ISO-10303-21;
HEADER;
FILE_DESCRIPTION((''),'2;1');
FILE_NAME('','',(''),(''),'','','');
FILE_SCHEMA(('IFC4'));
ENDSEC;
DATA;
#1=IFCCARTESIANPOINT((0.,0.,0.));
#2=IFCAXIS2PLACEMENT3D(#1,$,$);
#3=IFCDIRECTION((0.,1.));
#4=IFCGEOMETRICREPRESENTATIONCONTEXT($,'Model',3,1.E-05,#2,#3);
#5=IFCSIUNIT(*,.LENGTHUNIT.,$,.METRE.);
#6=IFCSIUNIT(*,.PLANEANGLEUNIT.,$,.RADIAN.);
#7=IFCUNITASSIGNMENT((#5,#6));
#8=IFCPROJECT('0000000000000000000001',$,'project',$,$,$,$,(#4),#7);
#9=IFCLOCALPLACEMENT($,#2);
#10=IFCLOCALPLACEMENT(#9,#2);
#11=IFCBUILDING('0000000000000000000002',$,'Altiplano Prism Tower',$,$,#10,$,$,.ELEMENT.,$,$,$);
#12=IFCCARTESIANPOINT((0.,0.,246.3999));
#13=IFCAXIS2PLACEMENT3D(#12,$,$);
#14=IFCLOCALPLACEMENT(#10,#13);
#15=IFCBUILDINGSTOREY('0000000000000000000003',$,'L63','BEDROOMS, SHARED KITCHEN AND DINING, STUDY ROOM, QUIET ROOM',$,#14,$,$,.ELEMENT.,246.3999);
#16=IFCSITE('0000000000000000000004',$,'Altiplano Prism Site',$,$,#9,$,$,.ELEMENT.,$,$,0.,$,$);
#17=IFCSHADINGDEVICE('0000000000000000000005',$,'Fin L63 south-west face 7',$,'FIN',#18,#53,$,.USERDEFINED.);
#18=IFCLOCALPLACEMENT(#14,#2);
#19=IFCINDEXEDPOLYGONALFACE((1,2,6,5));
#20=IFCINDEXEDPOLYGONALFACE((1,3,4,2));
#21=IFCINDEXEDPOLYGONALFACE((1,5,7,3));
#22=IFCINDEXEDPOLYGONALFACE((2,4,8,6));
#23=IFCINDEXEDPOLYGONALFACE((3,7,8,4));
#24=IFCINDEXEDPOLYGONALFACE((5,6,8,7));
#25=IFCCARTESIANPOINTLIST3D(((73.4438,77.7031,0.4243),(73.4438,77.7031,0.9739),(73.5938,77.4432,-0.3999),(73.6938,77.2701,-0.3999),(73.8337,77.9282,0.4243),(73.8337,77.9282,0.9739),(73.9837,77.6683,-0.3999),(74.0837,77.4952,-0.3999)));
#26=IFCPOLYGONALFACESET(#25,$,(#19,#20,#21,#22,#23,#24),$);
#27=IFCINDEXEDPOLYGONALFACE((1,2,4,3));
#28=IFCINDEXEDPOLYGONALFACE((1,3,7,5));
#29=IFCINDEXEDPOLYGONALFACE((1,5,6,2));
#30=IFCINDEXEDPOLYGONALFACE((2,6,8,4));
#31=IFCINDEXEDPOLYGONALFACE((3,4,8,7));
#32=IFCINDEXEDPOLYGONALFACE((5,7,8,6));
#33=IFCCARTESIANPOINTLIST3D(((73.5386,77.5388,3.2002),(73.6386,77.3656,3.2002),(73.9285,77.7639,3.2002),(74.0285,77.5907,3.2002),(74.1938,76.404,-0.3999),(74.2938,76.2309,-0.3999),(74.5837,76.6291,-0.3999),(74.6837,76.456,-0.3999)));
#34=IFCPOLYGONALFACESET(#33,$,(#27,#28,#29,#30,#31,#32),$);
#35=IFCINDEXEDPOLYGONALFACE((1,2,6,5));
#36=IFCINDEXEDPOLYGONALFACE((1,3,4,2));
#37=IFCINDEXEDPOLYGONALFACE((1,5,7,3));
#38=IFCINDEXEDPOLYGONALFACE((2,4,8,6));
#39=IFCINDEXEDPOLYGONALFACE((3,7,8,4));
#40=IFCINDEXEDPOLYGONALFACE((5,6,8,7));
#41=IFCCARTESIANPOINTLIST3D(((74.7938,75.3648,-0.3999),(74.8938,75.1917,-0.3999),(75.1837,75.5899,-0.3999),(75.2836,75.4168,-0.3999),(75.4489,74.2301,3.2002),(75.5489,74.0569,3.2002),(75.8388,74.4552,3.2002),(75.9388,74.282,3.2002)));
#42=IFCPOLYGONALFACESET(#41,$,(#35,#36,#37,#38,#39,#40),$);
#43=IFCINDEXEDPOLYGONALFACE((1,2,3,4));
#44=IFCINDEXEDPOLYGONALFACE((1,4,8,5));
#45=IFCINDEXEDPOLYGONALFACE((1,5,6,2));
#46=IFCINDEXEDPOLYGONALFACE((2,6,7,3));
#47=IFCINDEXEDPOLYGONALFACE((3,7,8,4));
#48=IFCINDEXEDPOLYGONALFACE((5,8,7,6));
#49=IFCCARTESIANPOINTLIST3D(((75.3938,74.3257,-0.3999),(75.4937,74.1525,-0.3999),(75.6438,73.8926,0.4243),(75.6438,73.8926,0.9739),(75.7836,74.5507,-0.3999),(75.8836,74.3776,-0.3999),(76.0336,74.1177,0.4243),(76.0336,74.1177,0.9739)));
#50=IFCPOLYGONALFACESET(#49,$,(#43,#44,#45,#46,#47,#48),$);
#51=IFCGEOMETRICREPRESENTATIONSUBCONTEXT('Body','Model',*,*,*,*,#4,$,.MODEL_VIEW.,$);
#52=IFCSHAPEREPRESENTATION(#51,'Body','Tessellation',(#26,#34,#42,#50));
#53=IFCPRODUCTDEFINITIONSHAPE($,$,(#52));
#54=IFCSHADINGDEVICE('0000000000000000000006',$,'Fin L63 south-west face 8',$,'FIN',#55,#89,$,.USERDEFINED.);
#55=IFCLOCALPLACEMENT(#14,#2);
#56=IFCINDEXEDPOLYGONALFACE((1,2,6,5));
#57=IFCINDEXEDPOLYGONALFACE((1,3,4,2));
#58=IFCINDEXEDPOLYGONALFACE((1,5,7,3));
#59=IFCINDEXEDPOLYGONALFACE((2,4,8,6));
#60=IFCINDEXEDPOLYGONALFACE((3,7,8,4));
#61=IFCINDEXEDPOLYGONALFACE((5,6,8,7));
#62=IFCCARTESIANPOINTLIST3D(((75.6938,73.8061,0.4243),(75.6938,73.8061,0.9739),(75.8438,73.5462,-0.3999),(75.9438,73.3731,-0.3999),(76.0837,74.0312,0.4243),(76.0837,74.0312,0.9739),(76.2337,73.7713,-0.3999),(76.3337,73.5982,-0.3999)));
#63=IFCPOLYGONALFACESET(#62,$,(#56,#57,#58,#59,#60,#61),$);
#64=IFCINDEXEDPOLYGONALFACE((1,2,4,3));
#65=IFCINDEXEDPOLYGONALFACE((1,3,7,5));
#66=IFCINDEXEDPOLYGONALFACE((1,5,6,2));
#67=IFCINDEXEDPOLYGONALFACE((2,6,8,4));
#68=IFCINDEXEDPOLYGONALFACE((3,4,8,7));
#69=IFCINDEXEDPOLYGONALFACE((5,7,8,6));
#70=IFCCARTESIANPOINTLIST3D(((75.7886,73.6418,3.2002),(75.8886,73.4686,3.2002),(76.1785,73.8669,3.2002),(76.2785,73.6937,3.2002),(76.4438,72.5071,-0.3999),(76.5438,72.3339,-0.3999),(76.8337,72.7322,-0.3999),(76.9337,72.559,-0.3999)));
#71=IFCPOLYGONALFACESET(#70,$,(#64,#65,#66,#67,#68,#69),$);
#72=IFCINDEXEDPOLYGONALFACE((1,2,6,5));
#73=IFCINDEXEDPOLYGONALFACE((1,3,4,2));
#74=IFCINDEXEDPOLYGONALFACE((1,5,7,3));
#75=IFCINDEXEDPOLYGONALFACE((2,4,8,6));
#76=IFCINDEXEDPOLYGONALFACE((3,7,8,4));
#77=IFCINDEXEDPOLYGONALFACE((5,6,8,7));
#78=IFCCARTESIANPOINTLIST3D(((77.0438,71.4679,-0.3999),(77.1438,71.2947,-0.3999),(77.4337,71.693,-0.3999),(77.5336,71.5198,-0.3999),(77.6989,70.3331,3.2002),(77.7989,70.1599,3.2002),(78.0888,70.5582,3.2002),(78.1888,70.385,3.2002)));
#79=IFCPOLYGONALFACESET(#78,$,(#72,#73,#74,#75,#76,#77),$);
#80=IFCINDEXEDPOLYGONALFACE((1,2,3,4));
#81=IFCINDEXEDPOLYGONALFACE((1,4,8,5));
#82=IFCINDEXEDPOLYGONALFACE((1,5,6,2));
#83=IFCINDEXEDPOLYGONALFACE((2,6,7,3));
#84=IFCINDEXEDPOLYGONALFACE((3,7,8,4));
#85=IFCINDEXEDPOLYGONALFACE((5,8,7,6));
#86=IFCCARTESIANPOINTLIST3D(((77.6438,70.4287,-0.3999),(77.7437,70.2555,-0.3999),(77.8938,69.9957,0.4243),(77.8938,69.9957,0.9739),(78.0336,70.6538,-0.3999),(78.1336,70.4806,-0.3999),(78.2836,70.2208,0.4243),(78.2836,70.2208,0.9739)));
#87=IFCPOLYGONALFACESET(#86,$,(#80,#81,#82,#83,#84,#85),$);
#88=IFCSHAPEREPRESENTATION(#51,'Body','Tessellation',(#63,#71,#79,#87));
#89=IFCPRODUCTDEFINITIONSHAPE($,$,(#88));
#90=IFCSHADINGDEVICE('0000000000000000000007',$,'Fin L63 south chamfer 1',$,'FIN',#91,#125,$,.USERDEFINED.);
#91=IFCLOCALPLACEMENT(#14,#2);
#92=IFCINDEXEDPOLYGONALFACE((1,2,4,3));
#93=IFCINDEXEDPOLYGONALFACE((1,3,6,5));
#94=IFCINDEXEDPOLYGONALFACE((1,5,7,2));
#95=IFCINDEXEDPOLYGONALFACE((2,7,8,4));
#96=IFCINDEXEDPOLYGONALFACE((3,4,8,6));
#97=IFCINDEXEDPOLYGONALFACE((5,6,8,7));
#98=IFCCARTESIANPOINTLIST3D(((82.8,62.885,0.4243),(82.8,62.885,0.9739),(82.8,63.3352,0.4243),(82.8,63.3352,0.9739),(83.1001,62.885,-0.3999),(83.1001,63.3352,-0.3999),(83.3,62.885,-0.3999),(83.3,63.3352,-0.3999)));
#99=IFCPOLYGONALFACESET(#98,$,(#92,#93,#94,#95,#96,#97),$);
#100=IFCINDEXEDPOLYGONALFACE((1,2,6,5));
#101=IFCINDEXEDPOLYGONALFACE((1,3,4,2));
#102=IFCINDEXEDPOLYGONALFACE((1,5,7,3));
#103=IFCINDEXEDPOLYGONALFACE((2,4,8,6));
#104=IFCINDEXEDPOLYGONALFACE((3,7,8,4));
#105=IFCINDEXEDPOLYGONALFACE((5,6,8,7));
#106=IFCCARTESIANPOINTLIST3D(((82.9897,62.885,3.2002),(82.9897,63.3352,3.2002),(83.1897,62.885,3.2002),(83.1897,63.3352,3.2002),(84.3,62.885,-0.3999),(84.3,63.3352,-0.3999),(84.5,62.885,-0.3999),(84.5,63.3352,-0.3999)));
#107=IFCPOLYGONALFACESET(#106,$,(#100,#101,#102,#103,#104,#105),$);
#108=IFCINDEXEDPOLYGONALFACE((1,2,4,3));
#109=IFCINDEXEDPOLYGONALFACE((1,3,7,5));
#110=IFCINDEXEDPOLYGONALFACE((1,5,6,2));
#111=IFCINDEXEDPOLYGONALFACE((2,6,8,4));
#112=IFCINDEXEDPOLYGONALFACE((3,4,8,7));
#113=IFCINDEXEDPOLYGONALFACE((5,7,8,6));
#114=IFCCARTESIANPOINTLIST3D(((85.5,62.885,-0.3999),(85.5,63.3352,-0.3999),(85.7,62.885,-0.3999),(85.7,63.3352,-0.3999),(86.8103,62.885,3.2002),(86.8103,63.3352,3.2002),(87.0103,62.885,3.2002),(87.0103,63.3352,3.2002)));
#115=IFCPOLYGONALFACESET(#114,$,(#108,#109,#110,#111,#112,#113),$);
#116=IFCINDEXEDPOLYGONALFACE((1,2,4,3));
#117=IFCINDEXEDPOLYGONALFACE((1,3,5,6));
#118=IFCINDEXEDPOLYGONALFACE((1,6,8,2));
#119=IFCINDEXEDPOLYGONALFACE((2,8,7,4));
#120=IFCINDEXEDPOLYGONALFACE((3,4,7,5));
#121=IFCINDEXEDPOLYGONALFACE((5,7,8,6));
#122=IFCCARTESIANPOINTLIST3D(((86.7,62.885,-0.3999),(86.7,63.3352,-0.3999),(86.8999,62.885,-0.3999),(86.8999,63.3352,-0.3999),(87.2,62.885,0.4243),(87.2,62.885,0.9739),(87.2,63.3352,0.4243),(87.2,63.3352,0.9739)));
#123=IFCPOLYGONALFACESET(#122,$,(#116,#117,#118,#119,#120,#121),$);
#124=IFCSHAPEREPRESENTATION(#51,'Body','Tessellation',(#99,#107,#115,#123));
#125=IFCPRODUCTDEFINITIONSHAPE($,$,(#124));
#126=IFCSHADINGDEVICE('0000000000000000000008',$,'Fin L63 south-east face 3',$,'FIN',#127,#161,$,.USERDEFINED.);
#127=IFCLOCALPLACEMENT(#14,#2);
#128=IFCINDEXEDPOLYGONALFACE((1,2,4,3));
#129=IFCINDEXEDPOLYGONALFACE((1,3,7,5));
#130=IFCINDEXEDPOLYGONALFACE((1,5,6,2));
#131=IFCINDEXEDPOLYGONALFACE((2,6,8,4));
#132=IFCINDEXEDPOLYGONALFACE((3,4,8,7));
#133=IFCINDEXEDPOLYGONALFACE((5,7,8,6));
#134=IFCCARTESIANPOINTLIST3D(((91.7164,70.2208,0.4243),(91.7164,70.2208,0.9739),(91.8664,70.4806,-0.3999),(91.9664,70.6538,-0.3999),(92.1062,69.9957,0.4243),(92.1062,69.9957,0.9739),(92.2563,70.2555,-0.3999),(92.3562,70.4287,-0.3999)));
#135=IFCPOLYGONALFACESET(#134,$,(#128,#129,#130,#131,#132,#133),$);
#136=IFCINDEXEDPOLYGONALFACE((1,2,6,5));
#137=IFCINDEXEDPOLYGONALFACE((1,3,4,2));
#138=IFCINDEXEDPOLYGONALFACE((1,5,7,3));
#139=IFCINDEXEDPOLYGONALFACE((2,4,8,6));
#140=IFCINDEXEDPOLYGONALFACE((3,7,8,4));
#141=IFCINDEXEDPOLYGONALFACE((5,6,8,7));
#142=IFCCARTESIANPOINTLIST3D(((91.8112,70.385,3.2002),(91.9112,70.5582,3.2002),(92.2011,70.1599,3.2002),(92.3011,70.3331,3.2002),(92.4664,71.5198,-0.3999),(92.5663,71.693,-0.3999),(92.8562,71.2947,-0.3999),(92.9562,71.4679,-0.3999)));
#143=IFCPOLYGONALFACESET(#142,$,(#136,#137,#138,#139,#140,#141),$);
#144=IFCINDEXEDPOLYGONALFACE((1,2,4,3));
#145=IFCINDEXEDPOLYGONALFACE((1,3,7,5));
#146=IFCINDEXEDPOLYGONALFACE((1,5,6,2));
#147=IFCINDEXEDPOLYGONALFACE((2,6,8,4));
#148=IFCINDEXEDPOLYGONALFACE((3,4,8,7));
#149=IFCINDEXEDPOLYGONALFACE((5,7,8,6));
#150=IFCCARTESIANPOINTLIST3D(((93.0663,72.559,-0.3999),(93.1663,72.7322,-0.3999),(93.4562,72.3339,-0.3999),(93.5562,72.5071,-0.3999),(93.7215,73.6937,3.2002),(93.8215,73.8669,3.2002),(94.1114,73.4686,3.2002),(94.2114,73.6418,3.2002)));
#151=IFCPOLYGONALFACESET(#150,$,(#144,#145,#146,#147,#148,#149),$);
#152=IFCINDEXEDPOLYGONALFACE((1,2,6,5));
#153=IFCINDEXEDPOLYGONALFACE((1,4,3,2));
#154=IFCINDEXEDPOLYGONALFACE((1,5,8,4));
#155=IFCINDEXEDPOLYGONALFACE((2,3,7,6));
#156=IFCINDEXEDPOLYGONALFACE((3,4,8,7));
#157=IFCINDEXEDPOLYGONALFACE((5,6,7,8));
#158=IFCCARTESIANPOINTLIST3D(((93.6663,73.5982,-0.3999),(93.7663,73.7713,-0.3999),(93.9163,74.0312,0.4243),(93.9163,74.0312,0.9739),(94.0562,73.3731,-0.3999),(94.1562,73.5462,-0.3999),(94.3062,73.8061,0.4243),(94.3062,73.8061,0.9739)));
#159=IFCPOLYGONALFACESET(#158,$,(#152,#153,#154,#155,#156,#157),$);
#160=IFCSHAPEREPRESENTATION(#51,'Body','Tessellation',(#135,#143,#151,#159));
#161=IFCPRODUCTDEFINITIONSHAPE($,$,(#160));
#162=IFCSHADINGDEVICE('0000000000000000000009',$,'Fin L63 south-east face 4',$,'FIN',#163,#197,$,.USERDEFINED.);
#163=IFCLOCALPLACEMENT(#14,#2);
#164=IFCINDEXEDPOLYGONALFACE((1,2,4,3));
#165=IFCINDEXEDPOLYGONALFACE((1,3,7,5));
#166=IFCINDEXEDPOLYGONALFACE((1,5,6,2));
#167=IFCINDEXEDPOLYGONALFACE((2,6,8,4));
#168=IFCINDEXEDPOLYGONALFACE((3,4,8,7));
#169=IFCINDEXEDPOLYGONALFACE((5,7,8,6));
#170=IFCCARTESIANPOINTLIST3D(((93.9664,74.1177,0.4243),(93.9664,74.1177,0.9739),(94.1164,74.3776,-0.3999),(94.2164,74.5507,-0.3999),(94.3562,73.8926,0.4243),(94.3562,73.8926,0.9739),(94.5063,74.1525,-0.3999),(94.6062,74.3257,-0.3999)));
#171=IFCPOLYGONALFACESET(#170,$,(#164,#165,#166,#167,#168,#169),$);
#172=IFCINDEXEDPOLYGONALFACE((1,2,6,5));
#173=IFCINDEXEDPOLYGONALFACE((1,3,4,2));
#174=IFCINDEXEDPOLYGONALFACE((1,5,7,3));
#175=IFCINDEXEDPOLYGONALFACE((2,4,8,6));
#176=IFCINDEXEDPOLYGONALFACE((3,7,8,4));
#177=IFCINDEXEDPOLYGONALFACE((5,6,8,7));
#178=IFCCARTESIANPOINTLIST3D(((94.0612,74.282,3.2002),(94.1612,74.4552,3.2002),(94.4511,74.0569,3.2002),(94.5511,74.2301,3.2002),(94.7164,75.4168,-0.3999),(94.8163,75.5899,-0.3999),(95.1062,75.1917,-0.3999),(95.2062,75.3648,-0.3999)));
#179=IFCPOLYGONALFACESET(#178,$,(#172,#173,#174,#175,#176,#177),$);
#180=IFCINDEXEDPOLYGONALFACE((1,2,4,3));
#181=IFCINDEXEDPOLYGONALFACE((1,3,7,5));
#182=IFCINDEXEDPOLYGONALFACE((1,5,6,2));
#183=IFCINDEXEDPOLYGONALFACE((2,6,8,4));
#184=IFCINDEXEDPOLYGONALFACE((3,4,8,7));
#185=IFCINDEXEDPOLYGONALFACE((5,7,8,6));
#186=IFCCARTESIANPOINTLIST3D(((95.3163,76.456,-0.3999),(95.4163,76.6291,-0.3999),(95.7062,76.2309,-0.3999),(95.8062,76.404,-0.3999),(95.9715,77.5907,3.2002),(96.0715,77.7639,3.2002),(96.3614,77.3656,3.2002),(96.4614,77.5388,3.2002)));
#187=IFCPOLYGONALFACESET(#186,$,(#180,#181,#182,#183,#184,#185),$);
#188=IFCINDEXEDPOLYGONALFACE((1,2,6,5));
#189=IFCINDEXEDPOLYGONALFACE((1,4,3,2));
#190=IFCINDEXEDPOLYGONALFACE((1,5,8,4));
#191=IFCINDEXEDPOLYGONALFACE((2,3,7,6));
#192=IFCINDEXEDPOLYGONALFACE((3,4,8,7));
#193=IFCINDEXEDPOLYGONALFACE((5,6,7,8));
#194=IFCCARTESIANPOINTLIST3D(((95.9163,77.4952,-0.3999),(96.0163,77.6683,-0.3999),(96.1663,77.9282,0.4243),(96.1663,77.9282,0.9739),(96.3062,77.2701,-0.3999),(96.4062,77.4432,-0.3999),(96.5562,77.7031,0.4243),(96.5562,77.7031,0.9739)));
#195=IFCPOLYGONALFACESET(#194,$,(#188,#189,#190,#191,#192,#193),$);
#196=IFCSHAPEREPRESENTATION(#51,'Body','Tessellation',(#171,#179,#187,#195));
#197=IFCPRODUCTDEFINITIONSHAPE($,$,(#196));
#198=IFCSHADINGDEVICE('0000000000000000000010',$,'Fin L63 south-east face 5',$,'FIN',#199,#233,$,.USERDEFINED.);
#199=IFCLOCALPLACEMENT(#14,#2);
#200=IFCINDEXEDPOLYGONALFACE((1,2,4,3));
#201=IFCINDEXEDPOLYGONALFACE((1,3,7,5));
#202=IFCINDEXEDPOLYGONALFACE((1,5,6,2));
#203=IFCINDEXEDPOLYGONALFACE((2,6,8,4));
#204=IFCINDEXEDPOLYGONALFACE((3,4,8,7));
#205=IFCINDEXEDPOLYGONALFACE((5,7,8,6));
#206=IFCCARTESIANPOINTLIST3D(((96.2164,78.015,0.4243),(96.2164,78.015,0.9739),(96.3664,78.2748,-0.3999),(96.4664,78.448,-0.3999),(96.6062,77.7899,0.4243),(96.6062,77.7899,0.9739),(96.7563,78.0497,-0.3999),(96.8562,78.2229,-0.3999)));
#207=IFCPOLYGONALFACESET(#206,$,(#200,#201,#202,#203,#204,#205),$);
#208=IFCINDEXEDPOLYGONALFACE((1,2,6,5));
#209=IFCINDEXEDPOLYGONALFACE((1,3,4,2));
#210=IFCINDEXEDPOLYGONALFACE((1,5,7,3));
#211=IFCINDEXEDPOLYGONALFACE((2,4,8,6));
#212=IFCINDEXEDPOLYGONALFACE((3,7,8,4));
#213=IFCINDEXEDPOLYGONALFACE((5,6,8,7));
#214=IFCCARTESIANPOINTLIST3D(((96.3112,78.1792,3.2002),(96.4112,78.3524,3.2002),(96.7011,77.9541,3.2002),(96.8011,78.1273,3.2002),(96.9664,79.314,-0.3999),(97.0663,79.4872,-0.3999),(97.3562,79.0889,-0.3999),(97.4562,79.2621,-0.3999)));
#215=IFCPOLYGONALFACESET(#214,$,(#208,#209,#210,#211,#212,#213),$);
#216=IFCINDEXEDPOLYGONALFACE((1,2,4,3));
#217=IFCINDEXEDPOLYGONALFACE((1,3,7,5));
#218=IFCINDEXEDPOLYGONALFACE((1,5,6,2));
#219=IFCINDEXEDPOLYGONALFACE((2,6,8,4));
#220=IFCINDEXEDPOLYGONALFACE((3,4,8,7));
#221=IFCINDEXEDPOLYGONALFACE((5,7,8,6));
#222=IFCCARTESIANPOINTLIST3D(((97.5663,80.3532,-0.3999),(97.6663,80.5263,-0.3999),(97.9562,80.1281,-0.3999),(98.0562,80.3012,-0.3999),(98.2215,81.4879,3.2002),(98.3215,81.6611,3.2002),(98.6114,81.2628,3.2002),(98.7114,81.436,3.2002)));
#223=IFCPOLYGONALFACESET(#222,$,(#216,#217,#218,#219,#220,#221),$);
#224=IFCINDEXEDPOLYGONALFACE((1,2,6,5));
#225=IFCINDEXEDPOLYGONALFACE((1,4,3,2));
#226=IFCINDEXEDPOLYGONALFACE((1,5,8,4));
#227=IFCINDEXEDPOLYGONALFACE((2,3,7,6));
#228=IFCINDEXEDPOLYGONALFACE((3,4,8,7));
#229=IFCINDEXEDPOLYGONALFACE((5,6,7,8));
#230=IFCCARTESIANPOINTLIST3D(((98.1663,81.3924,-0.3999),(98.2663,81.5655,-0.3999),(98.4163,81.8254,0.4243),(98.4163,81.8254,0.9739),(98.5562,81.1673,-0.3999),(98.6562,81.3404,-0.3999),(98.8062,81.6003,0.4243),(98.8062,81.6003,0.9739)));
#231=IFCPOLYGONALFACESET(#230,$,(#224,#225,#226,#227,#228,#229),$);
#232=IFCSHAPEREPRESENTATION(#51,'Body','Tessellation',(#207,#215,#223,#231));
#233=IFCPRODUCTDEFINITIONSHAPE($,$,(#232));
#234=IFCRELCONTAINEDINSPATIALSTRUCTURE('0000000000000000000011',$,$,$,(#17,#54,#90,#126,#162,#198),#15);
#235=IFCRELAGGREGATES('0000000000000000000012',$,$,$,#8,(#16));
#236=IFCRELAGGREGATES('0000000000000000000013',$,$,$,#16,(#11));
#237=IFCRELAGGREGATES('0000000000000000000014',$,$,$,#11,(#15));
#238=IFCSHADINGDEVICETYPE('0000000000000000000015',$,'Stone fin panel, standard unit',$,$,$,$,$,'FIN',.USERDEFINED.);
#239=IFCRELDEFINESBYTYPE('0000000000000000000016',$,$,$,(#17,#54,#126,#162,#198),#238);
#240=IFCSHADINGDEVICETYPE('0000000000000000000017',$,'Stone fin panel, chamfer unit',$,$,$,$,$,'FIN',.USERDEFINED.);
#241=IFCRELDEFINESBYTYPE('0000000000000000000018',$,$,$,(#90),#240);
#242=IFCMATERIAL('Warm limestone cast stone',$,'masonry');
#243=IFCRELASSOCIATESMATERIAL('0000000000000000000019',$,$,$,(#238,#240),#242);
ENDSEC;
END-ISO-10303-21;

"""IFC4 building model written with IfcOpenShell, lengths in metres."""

from ifc_helpers import new_model, si_unit, direction, frame, origin, place, context, subcontext, project, spatial, polyline, outline, extrude, source, transform, mapped, material, type_object, element, save


model = new_model("IFC4")

# Units and contexts
model_context = context("Model", 3, precision=1e-05, world=origin(), true_north=direction((0.0, 1.0)))
body_context = subcontext(model_context, "Body", "Model", "MODEL_VIEW")
ifc_project = project(units=[si_unit("LENGTHUNIT", "METRE"), si_unit("PLANEANGLEUNIT", "RADIAN")], contexts=[model_context])

# Site, building, storey
site_placement = place(None, origin())
site = spatial("IfcSite", under=ifc_project, at=site_placement, Name="Altiplano Prism Site", CompositionType="ELEMENT", RefElevation=0.0)
building_placement = place(site_placement, origin())
building = spatial("IfcBuilding", under=site, at=building_placement, Name="Altiplano Prism Tower", CompositionType="ELEMENT")
storey_placement = place(building_placement, frame((0.0, 0.0, 246.3999)))
storey = spatial("IfcBuildingStorey", under=building, at=storey_placement, Name="L63", Description="BEDROOMS, SHARED KITCHEN AND DINING, STUDY ROOM, QUIET ROOM", CompositionType="ELEMENT", Elevation=246.3999)

# Shading devices
ifc_material_1 = material(Name="Warm limestone cast stone", Category="masonry")
shading_device_type_1 = type_object("IfcShadingDeviceType", Name="Stone fin panel, standard unit", ElementType="FIN", PredefinedType="USERDEFINED", material=ifc_material_1)
shared_shape_1 = source(origin(), body_context, "Body", "SweptSolid", [
    extrude(outline(polyline([(-2.2, 1.3738), (-2.2, 0.8242), (-1.8999, 0.0), (-1.7, 0.0), (-2.2, 1.3738)])), frame((0.0, -0.1499, 0.0), z_axis=(0.0, -1.0, 0.0), x_axis=(1.0, 0.0, 0.0)), (0.0, 0.0, 1.0), 0.4502),
    extrude(outline(polyline([(-2.0103, 3.6001), (-0.7, 0.0), (-0.5, 0.0), (-1.8103, 3.6001), (-2.0103, 3.6001)])), frame((0.0, -0.1499, 0.0), z_axis=(0.0, -1.0, 0.0), x_axis=(1.0, 0.0, 0.0)), (0.0, 0.0, 1.0), 0.4502),
    extrude(outline(polyline([(1.8103, 3.6001), (0.5, 0.0), (0.7, 0.0), (2.0103, 3.6001), (1.8103, 3.6001)])), frame((0.0, -0.1499, 0.0), z_axis=(0.0, -1.0, 0.0), x_axis=(1.0, 0.0, 0.0)), (0.0, 0.0, 1.0), 0.4502),
    extrude(outline(polyline([(2.2, 0.8242), (2.2, 1.3738), (1.7, 0.0), (1.8999, 0.0), (2.2, 0.8242)])), frame((0.0, -0.1499, 0.0), z_axis=(0.0, -1.0, 0.0), x_axis=(1.0, 0.0, 0.0)), (0.0, 0.0, 1.0), 0.4502),
])
shading_device_type_2 = type_object("IfcShadingDeviceType", Name="Stone fin panel, chamfer unit", ElementType="FIN", PredefinedType="USERDEFINED", material=ifc_material_1)
shading_device_1_placement = place(storey_placement, origin())
element("IfcShadingDevice", 1, at=shading_device_1_placement, inside=storey, type_object=shading_device_type_1, Name="Fin L63 south-west face 7", ObjectType="FIN", PredefinedType="USERDEFINED", context=body_context, shape_type="MappedRepresentation", body=[
    mapped(shared_shape_1, transform((75.0635, 76.0979, -0.3999), x_axis=(0.5, -0.866025, 0.0), y_axis=(0.866025, 0.5, 0.0), z_axis=(0.0, 0.0, 1.0))),
])
shading_device_2_placement = place(storey_placement, origin())
element("IfcShadingDevice", 2, at=shading_device_2_placement, inside=storey, type_object=shading_device_type_1, Name="Fin L63 south-west face 8", ObjectType="FIN", PredefinedType="USERDEFINED", context=body_context, shape_type="MappedRepresentation", body=[
    mapped(shared_shape_1, transform((77.3135, 72.2009, -0.3999), x_axis=(0.5, -0.866025, 0.0), y_axis=(0.866025, 0.5, 0.0), z_axis=(0.0, 0.0, 1.0))),
])
shading_device_3_placement = place(storey_placement, origin())
element("IfcShadingDevice", 3, at=shading_device_3_placement, inside=storey, type_object=shading_device_type_2, Name="Fin L63 south chamfer 1", ObjectType="FIN", PredefinedType="USERDEFINED", context=body_context, shape_type="MappedRepresentation", body=[
    mapped(shared_shape_1, transform((85.0, 63.4851, -0.3999), x_axis=(1.0, 0.0, 0.0), y_axis=(0.0, 1.0, 0.0), z_axis=(0.0, 0.0, 1.0))),
])
shading_device_4_placement = place(storey_placement, origin())
element("IfcShadingDevice", 4, at=shading_device_4_placement, inside=storey, type_object=shading_device_type_1, Name="Fin L63 south-east face 3", ObjectType="FIN", PredefinedType="USERDEFINED", context=body_context, shape_type="MappedRepresentation", body=[
    mapped(shared_shape_1, transform((92.6865, 72.2009, -0.3999), x_axis=(0.5, 0.866025, 0.0), y_axis=(-0.866025, 0.5, 0.0), z_axis=(0.0, 0.0, 1.0))),
])
shading_device_5_placement = place(storey_placement, origin())
element("IfcShadingDevice", 5, at=shading_device_5_placement, inside=storey, type_object=shading_device_type_1, Name="Fin L63 south-east face 4", ObjectType="FIN", PredefinedType="USERDEFINED", context=body_context, shape_type="MappedRepresentation", body=[
    mapped(shared_shape_1, transform((94.9365, 76.0979, -0.3999), x_axis=(0.5, 0.866025, 0.0), y_axis=(-0.866025, 0.5, 0.0), z_axis=(0.0, 0.0, 1.0))),
])
shading_device_6_placement = place(storey_placement, origin())
element("IfcShadingDevice", 6, at=shading_device_6_placement, inside=storey, type_object=shading_device_type_1, Name="Fin L63 south-east face 5", ObjectType="FIN", PredefinedType="USERDEFINED", context=body_context, shape_type="MappedRepresentation", body=[
    mapped(shared_shape_1, transform((97.1865, 79.9951, -0.3999), x_axis=(0.5, 0.866025, 0.0), y_axis=(-0.866025, 0.5, 0.0), z_axis=(0.0, 0.0, 1.0))),
])

save(model, "model.ifc")
